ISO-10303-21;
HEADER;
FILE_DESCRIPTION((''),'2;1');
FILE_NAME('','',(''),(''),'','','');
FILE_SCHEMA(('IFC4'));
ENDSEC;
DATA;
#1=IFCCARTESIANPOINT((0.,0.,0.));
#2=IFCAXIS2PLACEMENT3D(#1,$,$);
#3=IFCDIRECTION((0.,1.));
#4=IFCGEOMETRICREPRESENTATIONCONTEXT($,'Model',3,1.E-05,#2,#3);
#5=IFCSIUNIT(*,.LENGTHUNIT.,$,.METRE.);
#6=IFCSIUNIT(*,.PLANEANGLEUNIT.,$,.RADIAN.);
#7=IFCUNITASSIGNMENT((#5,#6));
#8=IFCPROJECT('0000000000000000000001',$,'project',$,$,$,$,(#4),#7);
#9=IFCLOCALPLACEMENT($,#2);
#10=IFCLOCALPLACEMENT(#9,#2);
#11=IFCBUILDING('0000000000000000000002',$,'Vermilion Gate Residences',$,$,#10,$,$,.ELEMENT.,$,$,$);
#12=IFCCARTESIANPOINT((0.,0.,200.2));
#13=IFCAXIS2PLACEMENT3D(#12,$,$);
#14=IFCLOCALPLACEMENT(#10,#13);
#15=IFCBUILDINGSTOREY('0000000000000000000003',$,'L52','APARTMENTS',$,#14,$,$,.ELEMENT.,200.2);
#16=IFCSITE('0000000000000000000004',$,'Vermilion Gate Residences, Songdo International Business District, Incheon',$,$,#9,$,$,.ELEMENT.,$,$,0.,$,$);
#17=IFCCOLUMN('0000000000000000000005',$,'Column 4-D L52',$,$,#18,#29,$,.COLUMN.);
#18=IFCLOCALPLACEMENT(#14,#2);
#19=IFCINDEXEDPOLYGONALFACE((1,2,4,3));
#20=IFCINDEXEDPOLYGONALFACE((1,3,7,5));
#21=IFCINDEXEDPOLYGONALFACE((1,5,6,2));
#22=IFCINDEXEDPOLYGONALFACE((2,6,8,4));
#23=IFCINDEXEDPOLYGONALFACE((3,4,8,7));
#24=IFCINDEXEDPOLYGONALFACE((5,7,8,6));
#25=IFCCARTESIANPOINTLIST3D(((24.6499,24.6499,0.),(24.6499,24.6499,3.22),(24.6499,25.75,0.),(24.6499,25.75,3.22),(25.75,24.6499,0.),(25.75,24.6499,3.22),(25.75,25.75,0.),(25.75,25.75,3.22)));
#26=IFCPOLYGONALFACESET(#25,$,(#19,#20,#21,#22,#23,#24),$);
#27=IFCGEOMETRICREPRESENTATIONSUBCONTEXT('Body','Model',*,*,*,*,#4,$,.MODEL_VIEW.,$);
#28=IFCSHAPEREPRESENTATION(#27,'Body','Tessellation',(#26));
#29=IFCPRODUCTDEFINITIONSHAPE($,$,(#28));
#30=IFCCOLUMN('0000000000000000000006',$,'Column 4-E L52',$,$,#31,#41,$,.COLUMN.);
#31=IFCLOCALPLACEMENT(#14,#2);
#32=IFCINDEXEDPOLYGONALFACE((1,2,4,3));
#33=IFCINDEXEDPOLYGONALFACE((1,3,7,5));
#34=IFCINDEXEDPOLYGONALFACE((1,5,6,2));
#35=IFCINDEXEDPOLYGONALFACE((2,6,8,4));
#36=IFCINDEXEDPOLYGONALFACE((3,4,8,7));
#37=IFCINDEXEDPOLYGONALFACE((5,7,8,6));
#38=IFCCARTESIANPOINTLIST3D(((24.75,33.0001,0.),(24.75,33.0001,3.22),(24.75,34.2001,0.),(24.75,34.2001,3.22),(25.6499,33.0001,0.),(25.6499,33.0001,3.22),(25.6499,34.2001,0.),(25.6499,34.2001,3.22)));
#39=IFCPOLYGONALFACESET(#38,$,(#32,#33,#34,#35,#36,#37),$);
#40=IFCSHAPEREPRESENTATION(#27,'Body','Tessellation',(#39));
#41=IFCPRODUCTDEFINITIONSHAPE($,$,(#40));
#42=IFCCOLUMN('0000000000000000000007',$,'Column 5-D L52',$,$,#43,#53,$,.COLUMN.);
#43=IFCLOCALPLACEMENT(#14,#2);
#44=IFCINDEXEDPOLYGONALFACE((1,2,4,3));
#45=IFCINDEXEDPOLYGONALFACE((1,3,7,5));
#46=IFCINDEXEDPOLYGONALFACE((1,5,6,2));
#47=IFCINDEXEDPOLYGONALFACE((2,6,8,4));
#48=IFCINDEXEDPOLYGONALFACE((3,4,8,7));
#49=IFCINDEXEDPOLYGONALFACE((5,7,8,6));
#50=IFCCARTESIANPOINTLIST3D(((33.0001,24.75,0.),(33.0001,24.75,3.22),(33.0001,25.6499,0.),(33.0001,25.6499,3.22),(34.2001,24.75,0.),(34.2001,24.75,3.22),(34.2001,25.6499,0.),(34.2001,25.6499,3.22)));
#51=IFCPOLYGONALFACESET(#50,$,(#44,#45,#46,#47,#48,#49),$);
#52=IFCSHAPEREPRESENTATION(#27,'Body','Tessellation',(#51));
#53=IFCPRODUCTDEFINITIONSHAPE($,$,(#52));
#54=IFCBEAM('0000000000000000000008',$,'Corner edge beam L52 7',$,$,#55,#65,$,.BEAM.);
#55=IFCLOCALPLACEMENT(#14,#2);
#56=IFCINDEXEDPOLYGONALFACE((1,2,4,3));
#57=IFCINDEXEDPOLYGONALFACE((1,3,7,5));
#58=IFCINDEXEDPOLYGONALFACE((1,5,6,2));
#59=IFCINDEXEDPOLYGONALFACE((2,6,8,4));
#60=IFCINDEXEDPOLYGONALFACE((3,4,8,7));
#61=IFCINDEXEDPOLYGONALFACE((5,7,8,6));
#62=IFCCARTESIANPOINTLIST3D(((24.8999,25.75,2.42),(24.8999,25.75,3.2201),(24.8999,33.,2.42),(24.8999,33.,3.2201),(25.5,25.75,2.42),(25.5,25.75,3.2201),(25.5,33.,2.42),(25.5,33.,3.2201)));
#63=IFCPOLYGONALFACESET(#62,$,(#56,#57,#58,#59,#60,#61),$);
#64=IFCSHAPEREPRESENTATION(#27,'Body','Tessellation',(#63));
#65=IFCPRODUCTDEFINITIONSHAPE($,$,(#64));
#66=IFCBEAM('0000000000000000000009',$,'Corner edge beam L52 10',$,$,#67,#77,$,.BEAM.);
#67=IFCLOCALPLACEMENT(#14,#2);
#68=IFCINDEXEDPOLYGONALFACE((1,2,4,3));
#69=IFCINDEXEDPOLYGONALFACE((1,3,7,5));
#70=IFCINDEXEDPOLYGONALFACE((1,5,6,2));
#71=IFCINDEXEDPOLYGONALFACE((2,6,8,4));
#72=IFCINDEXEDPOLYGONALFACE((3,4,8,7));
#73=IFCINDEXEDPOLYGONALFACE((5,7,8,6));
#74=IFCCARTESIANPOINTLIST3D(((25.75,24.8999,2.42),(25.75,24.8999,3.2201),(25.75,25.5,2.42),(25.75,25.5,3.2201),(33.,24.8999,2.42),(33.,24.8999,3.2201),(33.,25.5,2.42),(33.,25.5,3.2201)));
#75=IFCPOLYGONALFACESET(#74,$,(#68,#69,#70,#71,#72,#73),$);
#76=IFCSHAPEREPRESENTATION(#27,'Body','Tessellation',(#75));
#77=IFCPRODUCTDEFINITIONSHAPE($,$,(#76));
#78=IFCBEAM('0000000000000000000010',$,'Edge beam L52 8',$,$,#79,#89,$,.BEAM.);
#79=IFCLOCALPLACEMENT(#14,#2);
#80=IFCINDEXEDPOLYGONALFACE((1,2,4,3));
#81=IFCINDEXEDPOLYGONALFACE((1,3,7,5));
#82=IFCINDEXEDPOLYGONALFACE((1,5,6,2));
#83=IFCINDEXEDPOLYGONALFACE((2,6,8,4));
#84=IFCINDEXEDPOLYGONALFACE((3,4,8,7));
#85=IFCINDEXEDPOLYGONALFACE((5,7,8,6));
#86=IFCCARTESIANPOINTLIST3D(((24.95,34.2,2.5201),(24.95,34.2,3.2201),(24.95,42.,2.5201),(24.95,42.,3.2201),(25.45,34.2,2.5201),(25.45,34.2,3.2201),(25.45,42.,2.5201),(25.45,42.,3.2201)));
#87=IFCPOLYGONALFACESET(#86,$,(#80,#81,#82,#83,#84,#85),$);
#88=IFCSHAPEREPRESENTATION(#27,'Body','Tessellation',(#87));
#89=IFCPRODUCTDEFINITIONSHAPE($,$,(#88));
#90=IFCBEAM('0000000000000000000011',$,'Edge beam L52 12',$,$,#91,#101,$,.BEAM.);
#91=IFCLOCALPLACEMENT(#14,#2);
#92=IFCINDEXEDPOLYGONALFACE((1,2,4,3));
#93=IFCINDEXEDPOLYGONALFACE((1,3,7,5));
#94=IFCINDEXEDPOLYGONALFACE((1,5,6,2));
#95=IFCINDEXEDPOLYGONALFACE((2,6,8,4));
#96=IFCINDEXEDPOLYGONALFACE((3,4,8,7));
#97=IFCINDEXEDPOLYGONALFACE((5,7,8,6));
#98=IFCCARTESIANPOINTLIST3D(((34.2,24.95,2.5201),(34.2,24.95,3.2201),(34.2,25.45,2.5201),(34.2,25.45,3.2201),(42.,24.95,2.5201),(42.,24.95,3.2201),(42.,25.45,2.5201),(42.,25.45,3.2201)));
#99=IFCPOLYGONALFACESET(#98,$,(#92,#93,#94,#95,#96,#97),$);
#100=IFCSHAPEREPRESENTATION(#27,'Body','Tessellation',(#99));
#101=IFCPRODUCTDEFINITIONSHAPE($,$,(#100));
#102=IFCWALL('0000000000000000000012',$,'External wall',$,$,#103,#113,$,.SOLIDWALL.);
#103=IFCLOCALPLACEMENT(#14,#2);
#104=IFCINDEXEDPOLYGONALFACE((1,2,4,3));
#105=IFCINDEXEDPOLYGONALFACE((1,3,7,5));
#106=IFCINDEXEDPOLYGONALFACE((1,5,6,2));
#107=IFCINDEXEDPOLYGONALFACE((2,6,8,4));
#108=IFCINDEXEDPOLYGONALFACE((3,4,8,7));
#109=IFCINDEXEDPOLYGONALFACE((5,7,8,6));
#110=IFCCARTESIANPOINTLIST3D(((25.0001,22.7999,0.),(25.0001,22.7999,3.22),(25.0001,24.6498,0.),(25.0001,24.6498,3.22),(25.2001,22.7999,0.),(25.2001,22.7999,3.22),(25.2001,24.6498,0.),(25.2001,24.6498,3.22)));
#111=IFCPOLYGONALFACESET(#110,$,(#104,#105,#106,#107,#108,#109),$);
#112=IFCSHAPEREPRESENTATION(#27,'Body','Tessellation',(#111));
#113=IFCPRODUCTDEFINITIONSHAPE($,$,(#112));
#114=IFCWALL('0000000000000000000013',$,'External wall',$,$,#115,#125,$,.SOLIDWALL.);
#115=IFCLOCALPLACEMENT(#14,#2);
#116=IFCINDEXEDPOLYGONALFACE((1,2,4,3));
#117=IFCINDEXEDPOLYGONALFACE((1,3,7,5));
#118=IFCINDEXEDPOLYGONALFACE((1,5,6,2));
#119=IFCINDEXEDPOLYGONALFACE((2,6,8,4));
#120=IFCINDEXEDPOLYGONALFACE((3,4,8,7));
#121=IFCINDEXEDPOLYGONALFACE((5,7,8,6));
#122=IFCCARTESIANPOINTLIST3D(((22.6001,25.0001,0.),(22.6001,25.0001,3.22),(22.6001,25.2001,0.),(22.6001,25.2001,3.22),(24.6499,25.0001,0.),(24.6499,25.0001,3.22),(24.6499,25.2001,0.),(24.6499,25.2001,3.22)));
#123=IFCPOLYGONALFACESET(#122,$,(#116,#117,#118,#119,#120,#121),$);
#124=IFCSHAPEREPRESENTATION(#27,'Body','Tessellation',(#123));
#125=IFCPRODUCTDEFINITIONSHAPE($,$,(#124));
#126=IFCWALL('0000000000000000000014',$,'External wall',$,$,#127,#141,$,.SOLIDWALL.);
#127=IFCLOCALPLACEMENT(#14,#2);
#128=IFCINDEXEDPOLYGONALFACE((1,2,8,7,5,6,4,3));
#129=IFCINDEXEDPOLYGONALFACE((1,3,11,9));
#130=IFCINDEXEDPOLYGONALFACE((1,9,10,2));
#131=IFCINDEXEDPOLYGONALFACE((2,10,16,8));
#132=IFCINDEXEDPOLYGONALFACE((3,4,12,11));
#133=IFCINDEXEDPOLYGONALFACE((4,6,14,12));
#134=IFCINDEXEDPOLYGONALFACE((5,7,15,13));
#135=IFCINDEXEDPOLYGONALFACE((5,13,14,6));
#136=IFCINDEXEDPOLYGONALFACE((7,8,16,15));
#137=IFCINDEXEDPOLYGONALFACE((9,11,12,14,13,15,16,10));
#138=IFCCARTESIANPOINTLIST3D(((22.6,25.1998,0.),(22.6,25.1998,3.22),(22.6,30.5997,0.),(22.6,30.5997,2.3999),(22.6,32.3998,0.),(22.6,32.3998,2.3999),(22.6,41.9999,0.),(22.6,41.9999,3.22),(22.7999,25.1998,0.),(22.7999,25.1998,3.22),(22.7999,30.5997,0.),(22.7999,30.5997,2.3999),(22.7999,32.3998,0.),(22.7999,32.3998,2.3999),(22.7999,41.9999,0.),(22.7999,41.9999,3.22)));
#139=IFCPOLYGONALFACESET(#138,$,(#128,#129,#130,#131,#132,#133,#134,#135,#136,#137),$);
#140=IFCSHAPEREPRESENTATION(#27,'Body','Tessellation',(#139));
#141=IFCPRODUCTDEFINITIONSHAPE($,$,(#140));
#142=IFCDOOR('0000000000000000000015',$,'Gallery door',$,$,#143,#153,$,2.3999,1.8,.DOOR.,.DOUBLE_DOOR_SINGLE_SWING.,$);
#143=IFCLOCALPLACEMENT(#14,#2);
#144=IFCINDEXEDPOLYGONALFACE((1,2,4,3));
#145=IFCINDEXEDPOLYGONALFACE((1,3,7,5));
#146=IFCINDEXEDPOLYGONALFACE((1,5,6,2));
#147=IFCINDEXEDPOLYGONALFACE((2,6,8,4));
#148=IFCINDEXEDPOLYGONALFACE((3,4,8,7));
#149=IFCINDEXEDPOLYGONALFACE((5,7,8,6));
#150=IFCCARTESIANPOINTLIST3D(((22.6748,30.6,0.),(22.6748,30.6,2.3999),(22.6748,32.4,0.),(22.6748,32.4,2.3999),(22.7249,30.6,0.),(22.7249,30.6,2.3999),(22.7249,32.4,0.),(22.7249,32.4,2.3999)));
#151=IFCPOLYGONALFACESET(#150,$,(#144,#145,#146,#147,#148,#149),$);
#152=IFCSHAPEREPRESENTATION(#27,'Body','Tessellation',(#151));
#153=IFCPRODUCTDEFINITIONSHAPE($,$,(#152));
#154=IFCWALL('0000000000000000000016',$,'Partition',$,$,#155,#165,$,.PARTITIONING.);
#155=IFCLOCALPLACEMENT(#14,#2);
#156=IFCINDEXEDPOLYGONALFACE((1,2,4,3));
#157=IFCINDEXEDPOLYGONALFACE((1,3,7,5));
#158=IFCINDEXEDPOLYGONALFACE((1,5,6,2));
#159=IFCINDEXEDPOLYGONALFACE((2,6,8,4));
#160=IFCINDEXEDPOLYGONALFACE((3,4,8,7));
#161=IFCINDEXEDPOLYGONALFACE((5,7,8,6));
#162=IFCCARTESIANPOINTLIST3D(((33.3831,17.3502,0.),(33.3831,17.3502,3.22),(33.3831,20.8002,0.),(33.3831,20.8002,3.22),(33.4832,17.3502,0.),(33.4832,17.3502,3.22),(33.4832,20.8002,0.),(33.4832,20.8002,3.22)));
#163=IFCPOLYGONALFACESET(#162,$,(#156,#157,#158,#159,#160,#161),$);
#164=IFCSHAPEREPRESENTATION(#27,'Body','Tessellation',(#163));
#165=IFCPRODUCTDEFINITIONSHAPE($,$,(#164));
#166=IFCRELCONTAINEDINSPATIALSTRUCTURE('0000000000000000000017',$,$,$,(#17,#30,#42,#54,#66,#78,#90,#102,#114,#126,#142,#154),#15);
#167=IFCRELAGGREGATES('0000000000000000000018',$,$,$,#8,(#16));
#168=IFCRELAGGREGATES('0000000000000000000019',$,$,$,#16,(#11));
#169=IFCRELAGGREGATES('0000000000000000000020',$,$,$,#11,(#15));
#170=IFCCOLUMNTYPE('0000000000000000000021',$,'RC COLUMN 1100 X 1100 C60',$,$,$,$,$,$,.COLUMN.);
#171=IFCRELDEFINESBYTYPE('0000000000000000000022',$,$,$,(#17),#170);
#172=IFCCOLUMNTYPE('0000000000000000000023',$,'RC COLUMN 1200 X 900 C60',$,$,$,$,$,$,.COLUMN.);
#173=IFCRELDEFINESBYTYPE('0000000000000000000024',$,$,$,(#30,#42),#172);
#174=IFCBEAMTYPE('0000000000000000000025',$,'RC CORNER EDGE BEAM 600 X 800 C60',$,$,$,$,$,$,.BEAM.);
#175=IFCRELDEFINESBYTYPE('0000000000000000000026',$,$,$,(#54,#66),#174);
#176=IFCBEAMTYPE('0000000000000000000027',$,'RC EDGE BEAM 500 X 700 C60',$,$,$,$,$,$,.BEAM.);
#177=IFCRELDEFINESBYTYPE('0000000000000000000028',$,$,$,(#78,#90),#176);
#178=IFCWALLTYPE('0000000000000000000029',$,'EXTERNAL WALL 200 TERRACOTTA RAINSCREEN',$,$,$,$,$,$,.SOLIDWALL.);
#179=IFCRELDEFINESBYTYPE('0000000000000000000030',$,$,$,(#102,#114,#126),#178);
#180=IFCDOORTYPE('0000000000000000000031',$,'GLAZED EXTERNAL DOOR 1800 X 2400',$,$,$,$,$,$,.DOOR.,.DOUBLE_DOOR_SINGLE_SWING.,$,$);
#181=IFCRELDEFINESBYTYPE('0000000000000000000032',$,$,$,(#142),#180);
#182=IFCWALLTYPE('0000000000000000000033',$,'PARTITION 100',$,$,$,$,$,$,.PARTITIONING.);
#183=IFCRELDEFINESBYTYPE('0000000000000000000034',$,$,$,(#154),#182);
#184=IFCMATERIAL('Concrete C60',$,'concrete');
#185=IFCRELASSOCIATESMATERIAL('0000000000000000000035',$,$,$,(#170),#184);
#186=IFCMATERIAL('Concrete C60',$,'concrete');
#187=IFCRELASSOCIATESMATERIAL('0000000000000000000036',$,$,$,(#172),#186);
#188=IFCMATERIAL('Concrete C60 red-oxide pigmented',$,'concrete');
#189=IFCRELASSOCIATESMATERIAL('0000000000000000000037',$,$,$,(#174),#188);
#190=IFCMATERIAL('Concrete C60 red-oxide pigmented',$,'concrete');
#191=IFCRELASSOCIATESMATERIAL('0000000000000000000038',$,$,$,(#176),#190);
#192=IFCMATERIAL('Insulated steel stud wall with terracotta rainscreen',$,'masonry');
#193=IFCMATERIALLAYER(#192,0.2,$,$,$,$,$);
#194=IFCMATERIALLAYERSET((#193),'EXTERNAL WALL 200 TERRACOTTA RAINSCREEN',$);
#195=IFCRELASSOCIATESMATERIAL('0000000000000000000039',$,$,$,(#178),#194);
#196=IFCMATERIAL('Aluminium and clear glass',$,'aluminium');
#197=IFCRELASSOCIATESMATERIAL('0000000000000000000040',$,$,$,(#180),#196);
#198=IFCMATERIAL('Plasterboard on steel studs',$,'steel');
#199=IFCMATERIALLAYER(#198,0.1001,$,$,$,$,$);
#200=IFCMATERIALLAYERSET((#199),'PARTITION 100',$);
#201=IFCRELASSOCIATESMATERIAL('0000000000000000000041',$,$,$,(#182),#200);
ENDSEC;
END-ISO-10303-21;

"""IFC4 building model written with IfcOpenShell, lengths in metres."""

from ifc_helpers import new_model, si_unit, direction, frame, frame_2d, origin, origin_2d, place, context, subcontext, project, spatial, rectangle, extrude, material, layer, layer_set, material_profile, profile_set, type_object, element, fill, save


model = new_model("IFC4")

# Units and contexts
model_context = context("Model", 3, precision=1e-05, world=origin(), true_north=direction((0.0, 1.0)))
body_context = subcontext(model_context, "Body", "Model", "MODEL_VIEW")
ifc_project = project(units=[si_unit("LENGTHUNIT", "METRE"), si_unit("PLANEANGLEUNIT", "RADIAN")], contexts=[model_context])

# Site, building, storey
site_placement = place(None, origin())
site = spatial("IfcSite", under=ifc_project, at=site_placement, Name="Vermilion Gate Residences, Songdo International Business District, Incheon", CompositionType="ELEMENT", RefElevation=0.0)
building_placement = place(site_placement, origin())
building = spatial("IfcBuilding", under=site, at=building_placement, Name="Vermilion Gate Residences", CompositionType="ELEMENT")
storey_placement = place(building_placement, frame((0.0, 0.0, 200.2)))
storey = spatial("IfcBuildingStorey", under=building, at=storey_placement, Name="L52", Description="APARTMENTS", CompositionType="ELEMENT", Elevation=200.2)

# Columns
ifc_material_1 = material(Name="Concrete C60", Category="concrete")
ifc_material_profile_1 = material_profile(ifc_material_1, rectangle(XDim=1.1001, YDim=1.1001, at=origin_2d()), Name="RC-1100x1100")
ifc_profile_set_1 = profile_set([ifc_material_profile_1], Name="Concrete C60")
column_type_1 = type_object("IfcColumnType", Name="RC COLUMN 1100 X 1100 C60", PredefinedType="COLUMN", material=ifc_profile_set_1)
column_placement = place(storey_placement, frame((25.2, 25.2, 0.0), z_axis=(0.0, 0.0, 1.0), x_axis=(1.0, 0.0, 0.0)))
element("IfcColumn", 1, at=column_placement, inside=storey, type_object=column_type_1, Name="Column 4-D L52", PredefinedType="COLUMN", context=body_context, shape_type="SweptSolid", body=[
    extrude(rectangle(XDim=1.1001, YDim=1.1001, at=origin_2d()), origin(), (0.0, 0.0, 1.0), 3.22),
])
ifc_material_2 = material(Name="Concrete C60", Category="concrete")
ifc_material_profile_2 = material_profile(ifc_material_2, rectangle(XDim=1.2, YDim=0.8999, at=origin_2d()), Name="RC-1200x900")
ifc_profile_set_2 = profile_set([ifc_material_profile_2], Name="Concrete C60")
column_type_2 = type_object("IfcColumnType", Name="RC COLUMN 1200 X 900 C60", PredefinedType="COLUMN", material=ifc_profile_set_2)
for number, where, z_axis, x_axis, name in (
    (2, (25.2, 33.6001, 0.0), (0.0, 0.0, 1.0), (0.0, 1.0, 0.0), "Column 4-E L52"),
    (3, (33.6001, 25.2, 0.0), (0.0, 0.0, 1.0), (1.0, 0.0, 0.0), "Column 5-D L52"),
):
    element("IfcColumn", number, at=place(storey_placement, frame(where, z_axis=z_axis, x_axis=x_axis)), inside=storey, type_object=column_type_2, Name=name, PredefinedType="COLUMN", context=body_context, shape_type="SweptSolid", body=[
        extrude(rectangle(XDim=1.2, YDim=0.8999, at=origin_2d()), origin(), (0.0, 0.0, 1.0), 3.22),
    ])

# Beams
ifc_material_3 = material(Name="Concrete C60 red-oxide pigmented", Category="concrete")
ifc_material_profile_3 = material_profile(ifc_material_3, rectangle(XDim=0.6001, YDim=0.8, at=origin_2d()), Name="RC-600x800")
ifc_profile_set_3 = profile_set([ifc_material_profile_3], Name="Concrete C60 red-oxide pigmented")
beam_type_1 = type_object("IfcBeamType", Name="RC CORNER EDGE BEAM 600 X 800 C60", PredefinedType="BEAM", material=ifc_profile_set_3)
for number, where, z_axis, x_axis, name in (
    (4, (25.2, 25.75, 2.8201), (0.0, 1.0, 0.0), (-1.0, 0.0, 0.0), "Corner edge beam L52 7"),
    (5, (25.75, 25.2, 2.8201), (1.0, 0.0, 0.0), (0.0, 1.0, 0.0), "Corner edge beam L52 10"),
):
    element("IfcBeam", number, at=place(storey_placement, frame(where, z_axis=z_axis, x_axis=x_axis)), inside=storey, type_object=beam_type_1, Name=name, PredefinedType="BEAM", context=body_context, shape_type="SweptSolid", body=[
        extrude(rectangle(XDim=0.6001, YDim=0.8, at=origin_2d()), origin(), (0.0, 0.0, 1.0), 7.25),
    ])
ifc_material_4 = material(Name="Concrete C60 red-oxide pigmented", Category="concrete")
ifc_material_profile_4 = material_profile(ifc_material_4, rectangle(XDim=0.5, YDim=0.7, at=origin_2d()), Name="RC-500x700")
ifc_profile_set_4 = profile_set([ifc_material_profile_4], Name="Concrete C60 red-oxide pigmented")
beam_type_2 = type_object("IfcBeamType", Name="RC EDGE BEAM 500 X 700 C60", PredefinedType="BEAM", material=ifc_profile_set_4)
for number, where, z_axis, x_axis, name in (
    (6, (25.2, 34.2, 2.8701), (0.0, 1.0, 0.0), (-1.0, 0.0, 0.0), "Edge beam L52 8"),
    (7, (34.2, 25.2, 2.8701), (1.0, 0.0, 0.0), (0.0, 1.0, 0.0), "Edge beam L52 12"),
):
    element("IfcBeam", number, at=place(storey_placement, frame(where, z_axis=z_axis, x_axis=x_axis)), inside=storey, type_object=beam_type_2, Name=name, PredefinedType="BEAM", context=body_context, shape_type="SweptSolid", body=[
        extrude(rectangle(XDim=0.5, YDim=0.7, at=origin_2d()), origin(), (0.0, 0.0, 1.0), 7.8),
    ])

# Walls
ifc_material_5 = material(Name="Insulated steel stud wall with terracotta rainscreen", Category="masonry")
ifc_layer_1 = layer(ifc_material_5, 0.2)
ifc_layer_set_1 = layer_set([ifc_layer_1], Name="EXTERNAL WALL 200 TERRACOTTA RAINSCREEN")
wall_type_1 = type_object("IfcWallType", Name="EXTERNAL WALL 200 TERRACOTTA RAINSCREEN", PredefinedType="SOLIDWALL", material=ifc_layer_set_1)
wall_1_placement = place(storey_placement, frame((25.1001, 22.8, 0.0), z_axis=(0.0, 0.0, 1.0), x_axis=(0.0, 1.0, 0.0)))
element("IfcWall", 8, at=wall_1_placement, inside=storey, type_object=wall_type_1, Name="External wall", PredefinedType="SOLIDWALL", context=body_context, shape_type="SweptSolid", body=[
    extrude(rectangle(XDim=1.8499, YDim=0.2, at=frame_2d((0.9248, 0.0))), origin(), (0.0, 0.0, 1.0), 3.22),
])
wall_2_placement = place(storey_placement, frame((24.6499, 25.1001, 0.0), z_axis=(0.0, 0.0, 1.0), x_axis=(-1.0, 0.0, 0.0)))
element("IfcWall", 9, at=wall_2_placement, inside=storey, type_object=wall_type_1, Name="External wall", PredefinedType="SOLIDWALL", context=body_context, shape_type="SweptSolid", body=[
    extrude(rectangle(XDim=2.0498, YDim=0.2, at=frame_2d((1.0249, 0.0))), origin(), (0.0, 0.0, 1.0), 3.22),
])

# Wall, opening, door
wall_3_placement = place(storey_placement, frame((22.7, 25.2, 0.0), z_axis=(0.0, 0.0, 1.0), x_axis=(0.0, 1.0, 0.0)))
wall_3 = element("IfcWall", 10, at=wall_3_placement, inside=storey, type_object=wall_type_1, Name="External wall", PredefinedType="SOLIDWALL", context=body_context, shape_type="SweptSolid", body=[
    extrude(rectangle(XDim=16.8, YDim=0.2, at=frame_2d((8.3999, 0.0))), origin(), (0.0, 0.0, 1.0), 3.22),
])
opening_1_placement = place(wall_3_placement, frame((5.3999, 0.0, 0.0)))
opening_1 = element("IfcOpeningElement", 11, at=opening_1_placement, cuts=wall_3, PredefinedType="OPENING", context=body_context, shape_type="SweptSolid", body=[
    extrude(rectangle(XDim=1.8, YDim=2.3999, at=frame_2d((0.8999, 1.2))), frame((0.0, 0.1099, 0.0), z_axis=(0.0, -1.0, 0.0), x_axis=(1.0, 0.0, 0.0)), (0.0, 0.0, 1.0), 0.22),
])
ifc_material_6 = material(Name="Aluminium and clear glass", Category="aluminium")
door_type = type_object("IfcDoorType", Name="GLAZED EXTERNAL DOOR 1800 X 2400", OperationType="DOUBLE_DOOR_SINGLE_SWING", PredefinedType="DOOR", material=ifc_material_6)
door_placement = place(opening_1_placement, frame((1.8, 0.0, 0.0), z_axis=(0.0, 0.0, 1.0), x_axis=(-1.0, 0.0, 0.0)))
door = element("IfcDoor", 12, at=door_placement, inside=storey, type_object=door_type, Name="Gallery door", OperationType="DOUBLE_DOOR_SINGLE_SWING", OverallHeight=2.3999, OverallWidth=1.8, PredefinedType="DOOR", context=body_context, shape_type="SweptSolid", body=[
    extrude(rectangle(XDim=1.8, YDim=2.3999, at=frame_2d((0.8999, 1.2))), frame((0.0, 0.0249, 0.0), z_axis=(0.0, -1.0, 0.0), x_axis=(1.0, 0.0, 0.0)), (0.0, 0.0, 1.0), 0.05),
])
fill(opening_1, door)

# Wall
ifc_material_7 = material(Name="Plasterboard on steel studs", Category="steel")
ifc_layer_2 = layer(ifc_material_7, 0.1001)
ifc_layer_set_2 = layer_set([ifc_layer_2], Name="PARTITION 100")
wall_type_2 = type_object("IfcWallType", Name="PARTITION 100", PredefinedType="PARTITIONING", material=ifc_layer_set_2)
wall_4_placement = place(storey_placement, frame((33.4331, 17.3501, 0.0), z_axis=(0.0, 0.0, 1.0), x_axis=(0.0, 1.0, 0.0)))
element("IfcWall", 13, at=wall_4_placement, inside=storey, type_object=wall_type_2, Name="Partition", PredefinedType="PARTITIONING", context=body_context, shape_type="SweptSolid", body=[
    extrude(rectangle(XDim=3.45, YDim=0.1001, at=frame_2d((1.7251, 0.0))), origin(), (0.0, 0.0, 1.0), 3.22),
])

save(model, "model.ifc")
